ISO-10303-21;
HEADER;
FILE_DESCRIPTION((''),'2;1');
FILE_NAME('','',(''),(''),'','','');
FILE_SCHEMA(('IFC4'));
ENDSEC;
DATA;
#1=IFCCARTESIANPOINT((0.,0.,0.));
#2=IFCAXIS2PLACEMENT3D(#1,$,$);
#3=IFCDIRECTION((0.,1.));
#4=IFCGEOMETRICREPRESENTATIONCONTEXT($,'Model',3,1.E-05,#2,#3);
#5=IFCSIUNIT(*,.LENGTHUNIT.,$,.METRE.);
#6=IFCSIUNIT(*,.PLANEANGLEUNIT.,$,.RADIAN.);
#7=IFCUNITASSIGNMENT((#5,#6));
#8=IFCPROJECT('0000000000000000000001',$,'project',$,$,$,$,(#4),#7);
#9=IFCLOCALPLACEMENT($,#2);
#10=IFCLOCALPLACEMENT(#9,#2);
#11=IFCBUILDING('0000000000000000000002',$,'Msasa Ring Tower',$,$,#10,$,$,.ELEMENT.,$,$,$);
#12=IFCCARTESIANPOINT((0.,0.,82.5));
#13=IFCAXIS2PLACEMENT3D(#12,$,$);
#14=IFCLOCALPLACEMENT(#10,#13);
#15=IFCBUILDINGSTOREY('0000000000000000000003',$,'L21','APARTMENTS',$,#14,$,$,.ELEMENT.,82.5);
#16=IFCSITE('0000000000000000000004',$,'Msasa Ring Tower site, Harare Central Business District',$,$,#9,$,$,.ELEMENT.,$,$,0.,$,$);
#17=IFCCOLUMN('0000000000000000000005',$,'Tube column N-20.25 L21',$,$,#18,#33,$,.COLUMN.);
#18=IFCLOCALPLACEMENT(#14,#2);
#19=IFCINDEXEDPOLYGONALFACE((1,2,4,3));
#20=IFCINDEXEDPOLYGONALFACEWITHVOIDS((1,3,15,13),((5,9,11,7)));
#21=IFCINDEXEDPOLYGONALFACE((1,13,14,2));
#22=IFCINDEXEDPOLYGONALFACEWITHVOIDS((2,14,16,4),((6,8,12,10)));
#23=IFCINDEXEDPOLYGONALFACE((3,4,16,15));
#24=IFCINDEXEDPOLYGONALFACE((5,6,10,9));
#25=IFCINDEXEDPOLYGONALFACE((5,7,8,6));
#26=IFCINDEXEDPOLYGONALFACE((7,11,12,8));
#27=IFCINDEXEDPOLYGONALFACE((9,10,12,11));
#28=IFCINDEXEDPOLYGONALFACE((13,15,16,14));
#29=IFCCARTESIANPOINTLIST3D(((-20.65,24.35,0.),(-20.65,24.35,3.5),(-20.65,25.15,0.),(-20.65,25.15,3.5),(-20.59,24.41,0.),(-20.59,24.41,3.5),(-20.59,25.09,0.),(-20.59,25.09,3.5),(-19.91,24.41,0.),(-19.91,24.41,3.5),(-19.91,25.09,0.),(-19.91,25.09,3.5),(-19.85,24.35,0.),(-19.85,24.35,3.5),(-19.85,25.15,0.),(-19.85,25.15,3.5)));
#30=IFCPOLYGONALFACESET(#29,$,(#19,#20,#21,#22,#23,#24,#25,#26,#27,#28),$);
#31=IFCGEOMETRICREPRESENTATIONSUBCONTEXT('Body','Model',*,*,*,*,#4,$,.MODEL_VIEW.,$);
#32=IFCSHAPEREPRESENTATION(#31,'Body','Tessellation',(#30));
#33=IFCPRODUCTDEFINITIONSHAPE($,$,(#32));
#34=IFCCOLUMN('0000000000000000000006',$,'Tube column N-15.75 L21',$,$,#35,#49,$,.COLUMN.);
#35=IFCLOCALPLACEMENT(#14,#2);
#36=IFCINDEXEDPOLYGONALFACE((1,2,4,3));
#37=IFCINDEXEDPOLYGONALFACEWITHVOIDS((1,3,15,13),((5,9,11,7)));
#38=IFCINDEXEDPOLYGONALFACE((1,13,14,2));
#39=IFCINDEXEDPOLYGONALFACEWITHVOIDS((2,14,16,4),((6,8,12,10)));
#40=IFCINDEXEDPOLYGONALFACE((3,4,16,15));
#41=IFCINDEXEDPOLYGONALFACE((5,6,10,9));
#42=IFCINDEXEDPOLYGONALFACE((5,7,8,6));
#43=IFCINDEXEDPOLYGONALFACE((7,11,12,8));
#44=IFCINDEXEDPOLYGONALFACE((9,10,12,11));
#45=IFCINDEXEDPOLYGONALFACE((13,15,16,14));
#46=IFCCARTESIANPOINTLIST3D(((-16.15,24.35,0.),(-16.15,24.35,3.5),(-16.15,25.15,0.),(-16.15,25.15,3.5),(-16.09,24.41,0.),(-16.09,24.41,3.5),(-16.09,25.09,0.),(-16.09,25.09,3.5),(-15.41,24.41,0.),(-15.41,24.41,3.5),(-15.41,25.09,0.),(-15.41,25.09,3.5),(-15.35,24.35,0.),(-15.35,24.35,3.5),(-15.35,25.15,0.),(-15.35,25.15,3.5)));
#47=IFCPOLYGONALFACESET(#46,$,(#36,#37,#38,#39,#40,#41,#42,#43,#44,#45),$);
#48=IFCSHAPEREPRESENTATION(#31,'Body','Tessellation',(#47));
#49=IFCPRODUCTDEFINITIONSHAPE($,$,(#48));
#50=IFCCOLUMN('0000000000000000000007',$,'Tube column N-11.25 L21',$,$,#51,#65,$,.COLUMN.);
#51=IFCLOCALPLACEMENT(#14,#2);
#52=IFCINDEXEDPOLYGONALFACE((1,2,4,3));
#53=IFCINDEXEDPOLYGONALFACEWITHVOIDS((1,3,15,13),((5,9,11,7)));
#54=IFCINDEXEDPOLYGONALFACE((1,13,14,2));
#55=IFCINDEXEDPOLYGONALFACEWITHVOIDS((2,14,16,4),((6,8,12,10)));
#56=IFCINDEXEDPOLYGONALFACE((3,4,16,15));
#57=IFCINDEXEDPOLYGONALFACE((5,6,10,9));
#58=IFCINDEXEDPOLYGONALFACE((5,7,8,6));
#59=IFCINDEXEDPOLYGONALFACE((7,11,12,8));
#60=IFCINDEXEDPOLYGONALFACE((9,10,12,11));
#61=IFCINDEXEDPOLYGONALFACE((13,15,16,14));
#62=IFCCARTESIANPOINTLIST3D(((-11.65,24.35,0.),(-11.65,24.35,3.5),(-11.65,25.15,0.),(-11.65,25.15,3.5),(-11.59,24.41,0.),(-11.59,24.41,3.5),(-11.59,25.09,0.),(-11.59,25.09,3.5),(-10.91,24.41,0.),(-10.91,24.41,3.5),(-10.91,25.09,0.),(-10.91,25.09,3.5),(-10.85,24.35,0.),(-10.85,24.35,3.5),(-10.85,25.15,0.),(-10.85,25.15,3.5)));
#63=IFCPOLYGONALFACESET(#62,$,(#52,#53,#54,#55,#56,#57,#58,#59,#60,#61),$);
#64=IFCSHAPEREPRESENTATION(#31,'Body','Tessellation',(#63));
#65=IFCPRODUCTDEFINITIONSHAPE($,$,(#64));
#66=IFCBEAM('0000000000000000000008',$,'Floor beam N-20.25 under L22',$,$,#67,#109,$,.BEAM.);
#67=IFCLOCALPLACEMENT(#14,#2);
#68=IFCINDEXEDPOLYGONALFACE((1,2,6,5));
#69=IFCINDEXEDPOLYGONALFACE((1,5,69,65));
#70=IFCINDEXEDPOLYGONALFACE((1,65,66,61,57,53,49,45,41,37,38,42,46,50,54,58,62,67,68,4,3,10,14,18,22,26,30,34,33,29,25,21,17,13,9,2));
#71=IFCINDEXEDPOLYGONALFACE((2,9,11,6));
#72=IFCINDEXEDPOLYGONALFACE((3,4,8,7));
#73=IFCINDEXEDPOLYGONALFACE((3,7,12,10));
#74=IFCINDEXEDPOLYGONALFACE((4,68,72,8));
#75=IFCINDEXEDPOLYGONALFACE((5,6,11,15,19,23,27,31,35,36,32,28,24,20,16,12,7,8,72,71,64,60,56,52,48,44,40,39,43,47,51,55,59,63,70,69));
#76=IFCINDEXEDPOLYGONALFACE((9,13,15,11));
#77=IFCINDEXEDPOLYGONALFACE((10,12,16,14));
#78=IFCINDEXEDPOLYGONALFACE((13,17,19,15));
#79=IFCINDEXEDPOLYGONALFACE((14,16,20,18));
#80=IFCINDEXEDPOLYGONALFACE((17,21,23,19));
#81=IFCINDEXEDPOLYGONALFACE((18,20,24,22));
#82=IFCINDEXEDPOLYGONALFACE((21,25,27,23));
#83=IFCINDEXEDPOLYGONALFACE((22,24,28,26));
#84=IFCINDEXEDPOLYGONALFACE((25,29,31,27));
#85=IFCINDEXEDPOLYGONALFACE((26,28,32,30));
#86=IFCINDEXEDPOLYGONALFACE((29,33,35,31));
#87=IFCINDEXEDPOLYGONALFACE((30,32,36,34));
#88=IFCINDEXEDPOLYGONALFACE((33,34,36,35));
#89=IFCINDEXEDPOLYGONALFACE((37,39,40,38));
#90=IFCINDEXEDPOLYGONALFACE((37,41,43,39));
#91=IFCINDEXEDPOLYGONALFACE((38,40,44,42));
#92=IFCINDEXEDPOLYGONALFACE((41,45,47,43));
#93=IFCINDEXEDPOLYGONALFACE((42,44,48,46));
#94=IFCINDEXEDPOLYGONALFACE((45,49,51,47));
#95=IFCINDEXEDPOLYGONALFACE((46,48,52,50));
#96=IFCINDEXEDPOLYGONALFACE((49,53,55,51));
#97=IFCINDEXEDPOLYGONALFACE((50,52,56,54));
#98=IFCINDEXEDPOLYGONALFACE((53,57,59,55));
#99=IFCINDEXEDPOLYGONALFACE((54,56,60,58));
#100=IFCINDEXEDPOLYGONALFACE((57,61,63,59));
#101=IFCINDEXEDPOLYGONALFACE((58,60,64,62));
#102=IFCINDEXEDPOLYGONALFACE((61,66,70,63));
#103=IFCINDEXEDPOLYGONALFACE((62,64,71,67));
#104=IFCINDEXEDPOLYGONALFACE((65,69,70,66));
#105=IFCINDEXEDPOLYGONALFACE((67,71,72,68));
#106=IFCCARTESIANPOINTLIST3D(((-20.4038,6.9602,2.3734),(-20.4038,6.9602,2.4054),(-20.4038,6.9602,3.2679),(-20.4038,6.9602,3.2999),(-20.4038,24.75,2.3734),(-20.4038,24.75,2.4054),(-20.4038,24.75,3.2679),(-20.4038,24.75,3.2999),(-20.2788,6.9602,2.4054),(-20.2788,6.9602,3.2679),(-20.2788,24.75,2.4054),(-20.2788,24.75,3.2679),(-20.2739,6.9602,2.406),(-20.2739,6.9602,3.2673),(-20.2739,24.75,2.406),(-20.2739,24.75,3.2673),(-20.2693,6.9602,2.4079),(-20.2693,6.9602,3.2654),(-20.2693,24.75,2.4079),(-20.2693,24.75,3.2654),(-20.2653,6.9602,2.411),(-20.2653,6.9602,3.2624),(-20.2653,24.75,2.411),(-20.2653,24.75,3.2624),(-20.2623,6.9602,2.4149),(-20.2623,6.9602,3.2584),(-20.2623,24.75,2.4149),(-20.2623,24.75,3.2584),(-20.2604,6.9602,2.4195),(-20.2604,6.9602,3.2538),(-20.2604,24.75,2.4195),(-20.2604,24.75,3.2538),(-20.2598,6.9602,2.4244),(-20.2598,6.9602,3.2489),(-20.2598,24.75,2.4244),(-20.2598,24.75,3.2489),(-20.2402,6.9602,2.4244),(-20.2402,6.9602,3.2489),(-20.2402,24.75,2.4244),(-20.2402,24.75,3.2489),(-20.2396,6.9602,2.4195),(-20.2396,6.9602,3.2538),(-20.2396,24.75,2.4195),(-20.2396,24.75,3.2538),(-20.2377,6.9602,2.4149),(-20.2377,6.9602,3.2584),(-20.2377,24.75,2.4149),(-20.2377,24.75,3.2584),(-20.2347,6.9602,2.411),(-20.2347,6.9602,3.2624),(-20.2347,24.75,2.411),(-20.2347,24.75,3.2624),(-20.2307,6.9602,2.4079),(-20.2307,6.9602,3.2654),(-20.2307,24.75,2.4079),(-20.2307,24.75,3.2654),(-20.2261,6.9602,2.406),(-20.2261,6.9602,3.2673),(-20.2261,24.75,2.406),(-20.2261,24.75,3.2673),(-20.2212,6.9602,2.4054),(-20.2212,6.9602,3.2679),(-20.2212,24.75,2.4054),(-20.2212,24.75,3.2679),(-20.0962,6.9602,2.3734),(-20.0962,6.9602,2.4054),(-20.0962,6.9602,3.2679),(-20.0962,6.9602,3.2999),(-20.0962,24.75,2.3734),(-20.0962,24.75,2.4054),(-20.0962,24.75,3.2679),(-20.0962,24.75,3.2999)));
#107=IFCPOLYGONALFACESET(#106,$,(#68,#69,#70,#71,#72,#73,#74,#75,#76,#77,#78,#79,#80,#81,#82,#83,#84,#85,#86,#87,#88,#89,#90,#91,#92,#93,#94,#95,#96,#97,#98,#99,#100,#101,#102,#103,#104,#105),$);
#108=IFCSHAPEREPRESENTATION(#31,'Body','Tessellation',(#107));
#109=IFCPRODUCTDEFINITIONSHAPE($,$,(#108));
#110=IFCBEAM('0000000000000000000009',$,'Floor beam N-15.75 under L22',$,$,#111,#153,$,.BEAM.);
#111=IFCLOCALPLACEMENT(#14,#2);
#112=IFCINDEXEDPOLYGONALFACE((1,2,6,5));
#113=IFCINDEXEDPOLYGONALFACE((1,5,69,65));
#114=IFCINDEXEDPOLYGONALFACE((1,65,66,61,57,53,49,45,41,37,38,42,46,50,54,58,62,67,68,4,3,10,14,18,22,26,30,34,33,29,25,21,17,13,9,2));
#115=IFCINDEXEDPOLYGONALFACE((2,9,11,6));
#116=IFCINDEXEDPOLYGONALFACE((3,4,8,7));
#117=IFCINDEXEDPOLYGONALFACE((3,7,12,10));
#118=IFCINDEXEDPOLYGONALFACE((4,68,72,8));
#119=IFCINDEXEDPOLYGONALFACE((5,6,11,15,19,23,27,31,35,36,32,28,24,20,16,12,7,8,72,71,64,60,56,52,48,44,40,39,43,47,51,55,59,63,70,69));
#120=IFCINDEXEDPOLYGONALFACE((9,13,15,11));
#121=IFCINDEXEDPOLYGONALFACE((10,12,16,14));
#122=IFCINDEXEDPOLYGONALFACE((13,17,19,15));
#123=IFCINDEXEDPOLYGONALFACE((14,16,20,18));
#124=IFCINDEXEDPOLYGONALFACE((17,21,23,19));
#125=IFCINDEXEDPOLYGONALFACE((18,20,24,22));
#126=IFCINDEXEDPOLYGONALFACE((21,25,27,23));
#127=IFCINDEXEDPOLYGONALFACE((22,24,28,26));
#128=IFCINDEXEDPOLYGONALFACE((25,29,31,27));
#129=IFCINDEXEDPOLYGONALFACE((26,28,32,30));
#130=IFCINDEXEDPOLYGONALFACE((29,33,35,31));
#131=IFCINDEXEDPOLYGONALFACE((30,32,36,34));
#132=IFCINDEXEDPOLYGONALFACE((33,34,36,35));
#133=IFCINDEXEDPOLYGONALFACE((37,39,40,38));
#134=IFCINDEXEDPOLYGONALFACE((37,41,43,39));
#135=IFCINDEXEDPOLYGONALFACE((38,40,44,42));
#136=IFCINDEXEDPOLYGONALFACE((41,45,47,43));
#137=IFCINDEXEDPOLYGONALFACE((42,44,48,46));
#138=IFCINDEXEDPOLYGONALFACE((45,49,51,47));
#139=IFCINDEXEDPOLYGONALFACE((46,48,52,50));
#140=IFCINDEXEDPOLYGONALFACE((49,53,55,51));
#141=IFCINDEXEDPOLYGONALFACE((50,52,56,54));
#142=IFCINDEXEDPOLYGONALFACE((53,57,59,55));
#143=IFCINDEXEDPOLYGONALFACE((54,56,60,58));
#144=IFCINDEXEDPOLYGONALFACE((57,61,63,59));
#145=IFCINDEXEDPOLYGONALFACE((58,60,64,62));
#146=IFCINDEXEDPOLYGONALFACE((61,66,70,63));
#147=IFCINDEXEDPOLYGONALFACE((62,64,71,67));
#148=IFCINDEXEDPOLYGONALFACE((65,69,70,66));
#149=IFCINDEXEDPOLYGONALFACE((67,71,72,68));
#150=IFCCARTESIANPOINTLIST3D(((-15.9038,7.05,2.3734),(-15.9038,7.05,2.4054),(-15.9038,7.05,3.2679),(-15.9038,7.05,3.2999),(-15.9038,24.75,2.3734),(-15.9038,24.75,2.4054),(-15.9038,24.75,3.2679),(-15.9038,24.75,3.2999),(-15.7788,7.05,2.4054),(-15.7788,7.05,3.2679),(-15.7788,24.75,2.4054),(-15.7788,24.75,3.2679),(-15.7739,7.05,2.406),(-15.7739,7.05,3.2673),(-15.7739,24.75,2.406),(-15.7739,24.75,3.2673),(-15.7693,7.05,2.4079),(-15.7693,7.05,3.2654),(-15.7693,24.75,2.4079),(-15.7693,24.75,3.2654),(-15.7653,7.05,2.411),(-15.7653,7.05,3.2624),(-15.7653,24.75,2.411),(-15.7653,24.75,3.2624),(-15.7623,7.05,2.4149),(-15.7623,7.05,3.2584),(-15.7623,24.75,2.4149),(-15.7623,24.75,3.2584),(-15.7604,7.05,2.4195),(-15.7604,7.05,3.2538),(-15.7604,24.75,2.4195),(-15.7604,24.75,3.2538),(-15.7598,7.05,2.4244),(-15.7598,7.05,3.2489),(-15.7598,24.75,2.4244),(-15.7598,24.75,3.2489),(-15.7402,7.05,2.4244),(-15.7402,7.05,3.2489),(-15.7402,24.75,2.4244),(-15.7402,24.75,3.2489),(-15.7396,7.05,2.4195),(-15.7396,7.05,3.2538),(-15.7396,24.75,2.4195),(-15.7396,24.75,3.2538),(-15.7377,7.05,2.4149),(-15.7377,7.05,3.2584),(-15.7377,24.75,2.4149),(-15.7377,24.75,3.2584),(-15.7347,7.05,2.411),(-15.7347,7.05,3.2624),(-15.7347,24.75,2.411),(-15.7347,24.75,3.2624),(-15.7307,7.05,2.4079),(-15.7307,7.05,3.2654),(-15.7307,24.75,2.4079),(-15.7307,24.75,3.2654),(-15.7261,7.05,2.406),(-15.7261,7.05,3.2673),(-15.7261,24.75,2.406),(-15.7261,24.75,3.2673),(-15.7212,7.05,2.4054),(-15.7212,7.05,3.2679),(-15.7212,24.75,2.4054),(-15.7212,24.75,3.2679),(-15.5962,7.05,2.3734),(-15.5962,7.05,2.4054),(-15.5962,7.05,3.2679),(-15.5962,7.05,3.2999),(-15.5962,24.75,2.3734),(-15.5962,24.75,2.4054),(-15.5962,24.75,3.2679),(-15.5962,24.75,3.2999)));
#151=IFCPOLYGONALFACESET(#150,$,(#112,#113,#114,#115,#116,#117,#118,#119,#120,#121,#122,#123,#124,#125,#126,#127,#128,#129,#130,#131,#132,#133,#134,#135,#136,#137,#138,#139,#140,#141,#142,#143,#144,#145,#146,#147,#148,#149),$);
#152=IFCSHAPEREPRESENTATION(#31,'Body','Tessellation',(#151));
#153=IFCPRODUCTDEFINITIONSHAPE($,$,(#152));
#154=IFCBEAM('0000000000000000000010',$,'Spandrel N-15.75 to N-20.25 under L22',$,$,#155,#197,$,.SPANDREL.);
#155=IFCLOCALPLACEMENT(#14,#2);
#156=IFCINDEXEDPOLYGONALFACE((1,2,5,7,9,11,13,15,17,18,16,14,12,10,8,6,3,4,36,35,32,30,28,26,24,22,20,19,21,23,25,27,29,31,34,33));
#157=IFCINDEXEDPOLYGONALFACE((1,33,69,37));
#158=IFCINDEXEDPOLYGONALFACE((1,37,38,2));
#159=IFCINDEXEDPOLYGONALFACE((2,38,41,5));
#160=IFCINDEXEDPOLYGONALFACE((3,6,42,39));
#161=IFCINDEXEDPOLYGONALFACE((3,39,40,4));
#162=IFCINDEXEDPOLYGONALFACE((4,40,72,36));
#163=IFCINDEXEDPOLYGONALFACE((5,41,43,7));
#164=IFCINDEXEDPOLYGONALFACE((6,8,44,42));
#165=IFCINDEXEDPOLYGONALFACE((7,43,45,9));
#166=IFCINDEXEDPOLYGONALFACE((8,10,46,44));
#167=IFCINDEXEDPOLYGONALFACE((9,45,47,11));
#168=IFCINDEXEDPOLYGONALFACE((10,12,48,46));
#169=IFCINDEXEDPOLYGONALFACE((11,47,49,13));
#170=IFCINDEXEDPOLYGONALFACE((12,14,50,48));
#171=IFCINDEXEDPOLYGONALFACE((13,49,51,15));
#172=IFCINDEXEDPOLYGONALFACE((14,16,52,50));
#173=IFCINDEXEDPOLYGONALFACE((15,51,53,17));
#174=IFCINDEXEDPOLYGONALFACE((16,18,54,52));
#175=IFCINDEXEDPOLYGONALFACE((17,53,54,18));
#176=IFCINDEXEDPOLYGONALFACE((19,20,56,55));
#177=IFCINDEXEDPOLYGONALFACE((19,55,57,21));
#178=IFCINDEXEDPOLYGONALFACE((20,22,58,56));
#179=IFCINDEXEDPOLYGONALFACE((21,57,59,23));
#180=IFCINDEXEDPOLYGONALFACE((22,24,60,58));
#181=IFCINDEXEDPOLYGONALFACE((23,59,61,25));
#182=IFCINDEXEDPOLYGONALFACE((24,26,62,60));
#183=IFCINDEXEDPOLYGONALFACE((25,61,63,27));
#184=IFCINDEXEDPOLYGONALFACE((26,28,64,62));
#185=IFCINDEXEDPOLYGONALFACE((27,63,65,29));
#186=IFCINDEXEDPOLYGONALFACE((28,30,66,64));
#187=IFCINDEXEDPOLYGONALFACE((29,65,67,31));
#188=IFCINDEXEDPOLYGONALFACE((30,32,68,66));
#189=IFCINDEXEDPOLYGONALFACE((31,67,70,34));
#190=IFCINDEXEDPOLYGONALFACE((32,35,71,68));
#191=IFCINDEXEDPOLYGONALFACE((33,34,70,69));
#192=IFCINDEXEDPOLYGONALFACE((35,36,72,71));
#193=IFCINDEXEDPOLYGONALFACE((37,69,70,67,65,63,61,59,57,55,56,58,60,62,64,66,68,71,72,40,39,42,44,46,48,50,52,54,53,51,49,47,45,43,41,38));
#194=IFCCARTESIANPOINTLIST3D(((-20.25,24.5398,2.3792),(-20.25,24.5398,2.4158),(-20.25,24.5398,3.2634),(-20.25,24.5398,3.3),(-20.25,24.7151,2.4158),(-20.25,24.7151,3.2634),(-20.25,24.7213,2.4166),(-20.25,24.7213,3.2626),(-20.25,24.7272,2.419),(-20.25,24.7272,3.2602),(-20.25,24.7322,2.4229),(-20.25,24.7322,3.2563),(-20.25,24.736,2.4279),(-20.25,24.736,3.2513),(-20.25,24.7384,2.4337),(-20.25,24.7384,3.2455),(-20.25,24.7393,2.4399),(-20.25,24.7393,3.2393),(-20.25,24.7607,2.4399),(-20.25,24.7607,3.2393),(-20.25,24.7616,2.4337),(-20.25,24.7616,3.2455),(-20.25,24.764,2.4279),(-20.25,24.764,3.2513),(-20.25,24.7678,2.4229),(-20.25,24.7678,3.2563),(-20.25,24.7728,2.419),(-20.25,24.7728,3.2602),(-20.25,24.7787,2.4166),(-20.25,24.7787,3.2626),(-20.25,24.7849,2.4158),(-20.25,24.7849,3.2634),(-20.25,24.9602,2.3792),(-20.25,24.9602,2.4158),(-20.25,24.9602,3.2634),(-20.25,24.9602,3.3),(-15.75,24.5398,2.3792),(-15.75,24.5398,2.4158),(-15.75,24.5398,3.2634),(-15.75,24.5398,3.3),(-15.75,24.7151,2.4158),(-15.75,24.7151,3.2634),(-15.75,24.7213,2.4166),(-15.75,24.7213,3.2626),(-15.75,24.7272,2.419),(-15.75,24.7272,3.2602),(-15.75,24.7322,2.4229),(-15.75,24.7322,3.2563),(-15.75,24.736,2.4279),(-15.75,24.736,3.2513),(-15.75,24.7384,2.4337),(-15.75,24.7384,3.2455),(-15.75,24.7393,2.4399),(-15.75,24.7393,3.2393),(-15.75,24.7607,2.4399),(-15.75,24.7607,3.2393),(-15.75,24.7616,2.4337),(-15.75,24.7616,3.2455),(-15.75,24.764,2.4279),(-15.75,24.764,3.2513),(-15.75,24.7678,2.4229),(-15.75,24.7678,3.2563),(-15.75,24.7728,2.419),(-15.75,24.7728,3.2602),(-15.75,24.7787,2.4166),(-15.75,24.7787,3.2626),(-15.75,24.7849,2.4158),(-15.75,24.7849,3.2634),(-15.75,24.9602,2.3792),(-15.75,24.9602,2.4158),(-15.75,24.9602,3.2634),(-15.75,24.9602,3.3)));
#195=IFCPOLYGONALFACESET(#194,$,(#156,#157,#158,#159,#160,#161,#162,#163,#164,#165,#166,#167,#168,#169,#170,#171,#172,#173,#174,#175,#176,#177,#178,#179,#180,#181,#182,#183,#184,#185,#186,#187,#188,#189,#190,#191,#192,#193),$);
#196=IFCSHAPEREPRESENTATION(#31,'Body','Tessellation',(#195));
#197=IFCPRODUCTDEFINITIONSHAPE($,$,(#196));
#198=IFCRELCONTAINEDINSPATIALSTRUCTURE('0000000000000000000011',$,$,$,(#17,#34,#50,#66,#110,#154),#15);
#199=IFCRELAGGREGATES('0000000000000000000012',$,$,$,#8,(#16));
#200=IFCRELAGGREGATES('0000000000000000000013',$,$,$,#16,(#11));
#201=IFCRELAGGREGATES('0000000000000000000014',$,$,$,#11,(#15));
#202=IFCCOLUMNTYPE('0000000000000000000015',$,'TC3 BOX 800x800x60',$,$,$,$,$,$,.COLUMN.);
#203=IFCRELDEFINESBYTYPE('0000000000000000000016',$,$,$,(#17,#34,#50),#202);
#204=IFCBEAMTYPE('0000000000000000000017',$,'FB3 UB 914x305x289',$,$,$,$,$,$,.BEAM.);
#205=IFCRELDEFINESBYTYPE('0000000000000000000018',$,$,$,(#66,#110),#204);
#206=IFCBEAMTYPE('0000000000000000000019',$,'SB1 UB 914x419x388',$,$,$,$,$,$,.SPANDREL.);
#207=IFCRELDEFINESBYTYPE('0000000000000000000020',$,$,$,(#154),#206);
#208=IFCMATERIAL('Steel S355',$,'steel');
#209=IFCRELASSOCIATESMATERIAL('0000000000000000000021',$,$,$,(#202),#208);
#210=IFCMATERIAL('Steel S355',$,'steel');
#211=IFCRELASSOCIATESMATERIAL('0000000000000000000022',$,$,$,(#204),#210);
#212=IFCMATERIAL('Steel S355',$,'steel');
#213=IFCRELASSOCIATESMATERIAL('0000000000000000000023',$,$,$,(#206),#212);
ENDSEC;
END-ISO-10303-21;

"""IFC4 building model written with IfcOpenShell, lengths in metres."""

from ifc_helpers import new_model, si_unit, direction, frame, origin, origin_2d, place, context, subcontext, project, spatial, hollow_rectangle, i_section, extrude, material, material_profile, profile_set, type_object, element, save


model = new_model("IFC4")

# Units and contexts
model_context = context("Model", 3, precision=1e-05, world=origin(), true_north=direction((0.0, 1.0)))
body_context = subcontext(model_context, "Body", "Model", "MODEL_VIEW")
ifc_project = project(units=[si_unit("LENGTHUNIT", "METRE"), si_unit("PLANEANGLEUNIT", "RADIAN")], contexts=[model_context])

# Site, building, storey
site_placement = place(None, origin())
site = spatial("IfcSite", under=ifc_project, at=site_placement, Name="Msasa Ring Tower site, Harare Central Business District", CompositionType="ELEMENT", RefElevation=0.0)
building_placement = place(site_placement, origin())
building = spatial("IfcBuilding", under=site, at=building_placement, Name="Msasa Ring Tower", CompositionType="ELEMENT")
storey_placement = place(building_placement, frame((0.0, 0.0, 82.5)))
storey = spatial("IfcBuildingStorey", under=building, at=storey_placement, Name="L21", Description="APARTMENTS", CompositionType="ELEMENT", Elevation=82.5)

# Columns
ifc_material_1 = material(Name="Steel S355", Category="steel")
ifc_material_profile_1 = material_profile(ifc_material_1, hollow_rectangle(XDim=0.8, YDim=0.8, WallThickness=0.0601, at=origin_2d()), Name="BOX 800x800x60")
ifc_profile_set_1 = profile_set([ifc_material_profile_1], Name="Steel S355")
column_type = type_object("IfcColumnType", Name="TC3 BOX 800x800x60", PredefinedType="COLUMN", material=ifc_profile_set_1)
for number, where, z_axis, x_axis, name in (
    (1, (-20.25, 24.75, 0.0), (0.0, 0.0, 1.0), (0.0, 1.0, 0.0), "Tube column N-20.25 L21"),
    (2, (-15.75, 24.75, 0.0), (0.0, 0.0, 1.0), (0.0, 1.0, 0.0), "Tube column N-15.75 L21"),
    (3, (-11.25, 24.75, 0.0), (0.0, 0.0, 1.0), (0.0, 1.0, 0.0), "Tube column N-11.25 L21"),
):
    element("IfcColumn", number, at=place(storey_placement, frame(where, z_axis=z_axis, x_axis=x_axis)), inside=storey, type_object=column_type, Name=name, PredefinedType="COLUMN", context=body_context, shape_type="SweptSolid", body=[
        extrude(hollow_rectangle(XDim=0.8, YDim=0.8, WallThickness=0.0601, at=origin_2d()), origin(), (0.0, 0.0, 1.0), 3.5),
    ])

# Beams
ifc_material_2 = material(Name="Steel S355", Category="steel")
ifc_material_profile_2 = material_profile(ifc_material_2, i_section(OverallWidth=0.3076, OverallDepth=0.9265, WebThickness=0.0195, FlangeThickness=0.032, FilletRadius=0.019, at=origin_2d()), Name="UB 914x305x289")
ifc_profile_set_2 = profile_set([ifc_material_profile_2], Name="Steel S355")
beam_type_1 = type_object("IfcBeamType", Name="FB3 UB 914x305x289", PredefinedType="BEAM", material=ifc_profile_set_2)
beam_1_placement = place(storey_placement, frame((-20.25, 24.75, 2.8367), z_axis=(0.0, -1.0, 0.0), x_axis=(1.0, 0.0, 0.0)))
element("IfcBeam", 4, at=beam_1_placement, inside=storey, type_object=beam_type_1, Name="Floor beam N-20.25 under L22", PredefinedType="BEAM", context=body_context, shape_type="SweptSolid", body=[
    extrude(i_section(OverallWidth=0.3076, OverallDepth=0.9265, WebThickness=0.0195, FlangeThickness=0.032, FilletRadius=0.019, at=origin_2d()), origin(), (0.0, 0.0, 1.0), 17.7898),
])
beam_2_placement = place(storey_placement, frame((-15.75, 24.75, 2.8367), z_axis=(0.0, -1.0, 0.0), x_axis=(1.0, 0.0, 0.0)))
element("IfcBeam", 5, at=beam_2_placement, inside=storey, type_object=beam_type_1, Name="Floor beam N-15.75 under L22", PredefinedType="BEAM", context=body_context, shape_type="SweptSolid", body=[
    extrude(i_section(OverallWidth=0.3076, OverallDepth=0.9265, WebThickness=0.0195, FlangeThickness=0.032, FilletRadius=0.019, at=origin_2d()), origin(), (0.0, 0.0, 1.0), 17.7),
])
ifc_material_3 = material(Name="Steel S355", Category="steel")
ifc_material_profile_3 = material_profile(ifc_material_3, i_section(OverallWidth=0.4204, OverallDepth=0.9209, WebThickness=0.0215, FlangeThickness=0.0366, FilletRadius=0.0242, at=origin_2d()), Name="UB 914x419x388")
ifc_profile_set_3 = profile_set([ifc_material_profile_3], Name="Steel S355")
beam_type_2 = type_object("IfcBeamType", Name="SB1 UB 914x419x388", PredefinedType="SPANDREL", material=ifc_profile_set_3)
beam_3_placement = place(storey_placement, frame((-15.75, 24.75, 2.8396), z_axis=(-1.0, 0.0, 0.0), x_axis=(0.0, -1.0, 0.0)))
element("IfcBeam", 6, at=beam_3_placement, inside=storey, type_object=beam_type_2, Name="Spandrel N-15.75 to N-20.25 under L22", PredefinedType="SPANDREL", context=body_context, shape_type="SweptSolid", body=[
    extrude(i_section(OverallWidth=0.4204, OverallDepth=0.9209, WebThickness=0.0215, FlangeThickness=0.0366, FilletRadius=0.0242, at=origin_2d()), origin(), (0.0, 0.0, 1.0), 4.5),
])

save(model, "model.ifc")
